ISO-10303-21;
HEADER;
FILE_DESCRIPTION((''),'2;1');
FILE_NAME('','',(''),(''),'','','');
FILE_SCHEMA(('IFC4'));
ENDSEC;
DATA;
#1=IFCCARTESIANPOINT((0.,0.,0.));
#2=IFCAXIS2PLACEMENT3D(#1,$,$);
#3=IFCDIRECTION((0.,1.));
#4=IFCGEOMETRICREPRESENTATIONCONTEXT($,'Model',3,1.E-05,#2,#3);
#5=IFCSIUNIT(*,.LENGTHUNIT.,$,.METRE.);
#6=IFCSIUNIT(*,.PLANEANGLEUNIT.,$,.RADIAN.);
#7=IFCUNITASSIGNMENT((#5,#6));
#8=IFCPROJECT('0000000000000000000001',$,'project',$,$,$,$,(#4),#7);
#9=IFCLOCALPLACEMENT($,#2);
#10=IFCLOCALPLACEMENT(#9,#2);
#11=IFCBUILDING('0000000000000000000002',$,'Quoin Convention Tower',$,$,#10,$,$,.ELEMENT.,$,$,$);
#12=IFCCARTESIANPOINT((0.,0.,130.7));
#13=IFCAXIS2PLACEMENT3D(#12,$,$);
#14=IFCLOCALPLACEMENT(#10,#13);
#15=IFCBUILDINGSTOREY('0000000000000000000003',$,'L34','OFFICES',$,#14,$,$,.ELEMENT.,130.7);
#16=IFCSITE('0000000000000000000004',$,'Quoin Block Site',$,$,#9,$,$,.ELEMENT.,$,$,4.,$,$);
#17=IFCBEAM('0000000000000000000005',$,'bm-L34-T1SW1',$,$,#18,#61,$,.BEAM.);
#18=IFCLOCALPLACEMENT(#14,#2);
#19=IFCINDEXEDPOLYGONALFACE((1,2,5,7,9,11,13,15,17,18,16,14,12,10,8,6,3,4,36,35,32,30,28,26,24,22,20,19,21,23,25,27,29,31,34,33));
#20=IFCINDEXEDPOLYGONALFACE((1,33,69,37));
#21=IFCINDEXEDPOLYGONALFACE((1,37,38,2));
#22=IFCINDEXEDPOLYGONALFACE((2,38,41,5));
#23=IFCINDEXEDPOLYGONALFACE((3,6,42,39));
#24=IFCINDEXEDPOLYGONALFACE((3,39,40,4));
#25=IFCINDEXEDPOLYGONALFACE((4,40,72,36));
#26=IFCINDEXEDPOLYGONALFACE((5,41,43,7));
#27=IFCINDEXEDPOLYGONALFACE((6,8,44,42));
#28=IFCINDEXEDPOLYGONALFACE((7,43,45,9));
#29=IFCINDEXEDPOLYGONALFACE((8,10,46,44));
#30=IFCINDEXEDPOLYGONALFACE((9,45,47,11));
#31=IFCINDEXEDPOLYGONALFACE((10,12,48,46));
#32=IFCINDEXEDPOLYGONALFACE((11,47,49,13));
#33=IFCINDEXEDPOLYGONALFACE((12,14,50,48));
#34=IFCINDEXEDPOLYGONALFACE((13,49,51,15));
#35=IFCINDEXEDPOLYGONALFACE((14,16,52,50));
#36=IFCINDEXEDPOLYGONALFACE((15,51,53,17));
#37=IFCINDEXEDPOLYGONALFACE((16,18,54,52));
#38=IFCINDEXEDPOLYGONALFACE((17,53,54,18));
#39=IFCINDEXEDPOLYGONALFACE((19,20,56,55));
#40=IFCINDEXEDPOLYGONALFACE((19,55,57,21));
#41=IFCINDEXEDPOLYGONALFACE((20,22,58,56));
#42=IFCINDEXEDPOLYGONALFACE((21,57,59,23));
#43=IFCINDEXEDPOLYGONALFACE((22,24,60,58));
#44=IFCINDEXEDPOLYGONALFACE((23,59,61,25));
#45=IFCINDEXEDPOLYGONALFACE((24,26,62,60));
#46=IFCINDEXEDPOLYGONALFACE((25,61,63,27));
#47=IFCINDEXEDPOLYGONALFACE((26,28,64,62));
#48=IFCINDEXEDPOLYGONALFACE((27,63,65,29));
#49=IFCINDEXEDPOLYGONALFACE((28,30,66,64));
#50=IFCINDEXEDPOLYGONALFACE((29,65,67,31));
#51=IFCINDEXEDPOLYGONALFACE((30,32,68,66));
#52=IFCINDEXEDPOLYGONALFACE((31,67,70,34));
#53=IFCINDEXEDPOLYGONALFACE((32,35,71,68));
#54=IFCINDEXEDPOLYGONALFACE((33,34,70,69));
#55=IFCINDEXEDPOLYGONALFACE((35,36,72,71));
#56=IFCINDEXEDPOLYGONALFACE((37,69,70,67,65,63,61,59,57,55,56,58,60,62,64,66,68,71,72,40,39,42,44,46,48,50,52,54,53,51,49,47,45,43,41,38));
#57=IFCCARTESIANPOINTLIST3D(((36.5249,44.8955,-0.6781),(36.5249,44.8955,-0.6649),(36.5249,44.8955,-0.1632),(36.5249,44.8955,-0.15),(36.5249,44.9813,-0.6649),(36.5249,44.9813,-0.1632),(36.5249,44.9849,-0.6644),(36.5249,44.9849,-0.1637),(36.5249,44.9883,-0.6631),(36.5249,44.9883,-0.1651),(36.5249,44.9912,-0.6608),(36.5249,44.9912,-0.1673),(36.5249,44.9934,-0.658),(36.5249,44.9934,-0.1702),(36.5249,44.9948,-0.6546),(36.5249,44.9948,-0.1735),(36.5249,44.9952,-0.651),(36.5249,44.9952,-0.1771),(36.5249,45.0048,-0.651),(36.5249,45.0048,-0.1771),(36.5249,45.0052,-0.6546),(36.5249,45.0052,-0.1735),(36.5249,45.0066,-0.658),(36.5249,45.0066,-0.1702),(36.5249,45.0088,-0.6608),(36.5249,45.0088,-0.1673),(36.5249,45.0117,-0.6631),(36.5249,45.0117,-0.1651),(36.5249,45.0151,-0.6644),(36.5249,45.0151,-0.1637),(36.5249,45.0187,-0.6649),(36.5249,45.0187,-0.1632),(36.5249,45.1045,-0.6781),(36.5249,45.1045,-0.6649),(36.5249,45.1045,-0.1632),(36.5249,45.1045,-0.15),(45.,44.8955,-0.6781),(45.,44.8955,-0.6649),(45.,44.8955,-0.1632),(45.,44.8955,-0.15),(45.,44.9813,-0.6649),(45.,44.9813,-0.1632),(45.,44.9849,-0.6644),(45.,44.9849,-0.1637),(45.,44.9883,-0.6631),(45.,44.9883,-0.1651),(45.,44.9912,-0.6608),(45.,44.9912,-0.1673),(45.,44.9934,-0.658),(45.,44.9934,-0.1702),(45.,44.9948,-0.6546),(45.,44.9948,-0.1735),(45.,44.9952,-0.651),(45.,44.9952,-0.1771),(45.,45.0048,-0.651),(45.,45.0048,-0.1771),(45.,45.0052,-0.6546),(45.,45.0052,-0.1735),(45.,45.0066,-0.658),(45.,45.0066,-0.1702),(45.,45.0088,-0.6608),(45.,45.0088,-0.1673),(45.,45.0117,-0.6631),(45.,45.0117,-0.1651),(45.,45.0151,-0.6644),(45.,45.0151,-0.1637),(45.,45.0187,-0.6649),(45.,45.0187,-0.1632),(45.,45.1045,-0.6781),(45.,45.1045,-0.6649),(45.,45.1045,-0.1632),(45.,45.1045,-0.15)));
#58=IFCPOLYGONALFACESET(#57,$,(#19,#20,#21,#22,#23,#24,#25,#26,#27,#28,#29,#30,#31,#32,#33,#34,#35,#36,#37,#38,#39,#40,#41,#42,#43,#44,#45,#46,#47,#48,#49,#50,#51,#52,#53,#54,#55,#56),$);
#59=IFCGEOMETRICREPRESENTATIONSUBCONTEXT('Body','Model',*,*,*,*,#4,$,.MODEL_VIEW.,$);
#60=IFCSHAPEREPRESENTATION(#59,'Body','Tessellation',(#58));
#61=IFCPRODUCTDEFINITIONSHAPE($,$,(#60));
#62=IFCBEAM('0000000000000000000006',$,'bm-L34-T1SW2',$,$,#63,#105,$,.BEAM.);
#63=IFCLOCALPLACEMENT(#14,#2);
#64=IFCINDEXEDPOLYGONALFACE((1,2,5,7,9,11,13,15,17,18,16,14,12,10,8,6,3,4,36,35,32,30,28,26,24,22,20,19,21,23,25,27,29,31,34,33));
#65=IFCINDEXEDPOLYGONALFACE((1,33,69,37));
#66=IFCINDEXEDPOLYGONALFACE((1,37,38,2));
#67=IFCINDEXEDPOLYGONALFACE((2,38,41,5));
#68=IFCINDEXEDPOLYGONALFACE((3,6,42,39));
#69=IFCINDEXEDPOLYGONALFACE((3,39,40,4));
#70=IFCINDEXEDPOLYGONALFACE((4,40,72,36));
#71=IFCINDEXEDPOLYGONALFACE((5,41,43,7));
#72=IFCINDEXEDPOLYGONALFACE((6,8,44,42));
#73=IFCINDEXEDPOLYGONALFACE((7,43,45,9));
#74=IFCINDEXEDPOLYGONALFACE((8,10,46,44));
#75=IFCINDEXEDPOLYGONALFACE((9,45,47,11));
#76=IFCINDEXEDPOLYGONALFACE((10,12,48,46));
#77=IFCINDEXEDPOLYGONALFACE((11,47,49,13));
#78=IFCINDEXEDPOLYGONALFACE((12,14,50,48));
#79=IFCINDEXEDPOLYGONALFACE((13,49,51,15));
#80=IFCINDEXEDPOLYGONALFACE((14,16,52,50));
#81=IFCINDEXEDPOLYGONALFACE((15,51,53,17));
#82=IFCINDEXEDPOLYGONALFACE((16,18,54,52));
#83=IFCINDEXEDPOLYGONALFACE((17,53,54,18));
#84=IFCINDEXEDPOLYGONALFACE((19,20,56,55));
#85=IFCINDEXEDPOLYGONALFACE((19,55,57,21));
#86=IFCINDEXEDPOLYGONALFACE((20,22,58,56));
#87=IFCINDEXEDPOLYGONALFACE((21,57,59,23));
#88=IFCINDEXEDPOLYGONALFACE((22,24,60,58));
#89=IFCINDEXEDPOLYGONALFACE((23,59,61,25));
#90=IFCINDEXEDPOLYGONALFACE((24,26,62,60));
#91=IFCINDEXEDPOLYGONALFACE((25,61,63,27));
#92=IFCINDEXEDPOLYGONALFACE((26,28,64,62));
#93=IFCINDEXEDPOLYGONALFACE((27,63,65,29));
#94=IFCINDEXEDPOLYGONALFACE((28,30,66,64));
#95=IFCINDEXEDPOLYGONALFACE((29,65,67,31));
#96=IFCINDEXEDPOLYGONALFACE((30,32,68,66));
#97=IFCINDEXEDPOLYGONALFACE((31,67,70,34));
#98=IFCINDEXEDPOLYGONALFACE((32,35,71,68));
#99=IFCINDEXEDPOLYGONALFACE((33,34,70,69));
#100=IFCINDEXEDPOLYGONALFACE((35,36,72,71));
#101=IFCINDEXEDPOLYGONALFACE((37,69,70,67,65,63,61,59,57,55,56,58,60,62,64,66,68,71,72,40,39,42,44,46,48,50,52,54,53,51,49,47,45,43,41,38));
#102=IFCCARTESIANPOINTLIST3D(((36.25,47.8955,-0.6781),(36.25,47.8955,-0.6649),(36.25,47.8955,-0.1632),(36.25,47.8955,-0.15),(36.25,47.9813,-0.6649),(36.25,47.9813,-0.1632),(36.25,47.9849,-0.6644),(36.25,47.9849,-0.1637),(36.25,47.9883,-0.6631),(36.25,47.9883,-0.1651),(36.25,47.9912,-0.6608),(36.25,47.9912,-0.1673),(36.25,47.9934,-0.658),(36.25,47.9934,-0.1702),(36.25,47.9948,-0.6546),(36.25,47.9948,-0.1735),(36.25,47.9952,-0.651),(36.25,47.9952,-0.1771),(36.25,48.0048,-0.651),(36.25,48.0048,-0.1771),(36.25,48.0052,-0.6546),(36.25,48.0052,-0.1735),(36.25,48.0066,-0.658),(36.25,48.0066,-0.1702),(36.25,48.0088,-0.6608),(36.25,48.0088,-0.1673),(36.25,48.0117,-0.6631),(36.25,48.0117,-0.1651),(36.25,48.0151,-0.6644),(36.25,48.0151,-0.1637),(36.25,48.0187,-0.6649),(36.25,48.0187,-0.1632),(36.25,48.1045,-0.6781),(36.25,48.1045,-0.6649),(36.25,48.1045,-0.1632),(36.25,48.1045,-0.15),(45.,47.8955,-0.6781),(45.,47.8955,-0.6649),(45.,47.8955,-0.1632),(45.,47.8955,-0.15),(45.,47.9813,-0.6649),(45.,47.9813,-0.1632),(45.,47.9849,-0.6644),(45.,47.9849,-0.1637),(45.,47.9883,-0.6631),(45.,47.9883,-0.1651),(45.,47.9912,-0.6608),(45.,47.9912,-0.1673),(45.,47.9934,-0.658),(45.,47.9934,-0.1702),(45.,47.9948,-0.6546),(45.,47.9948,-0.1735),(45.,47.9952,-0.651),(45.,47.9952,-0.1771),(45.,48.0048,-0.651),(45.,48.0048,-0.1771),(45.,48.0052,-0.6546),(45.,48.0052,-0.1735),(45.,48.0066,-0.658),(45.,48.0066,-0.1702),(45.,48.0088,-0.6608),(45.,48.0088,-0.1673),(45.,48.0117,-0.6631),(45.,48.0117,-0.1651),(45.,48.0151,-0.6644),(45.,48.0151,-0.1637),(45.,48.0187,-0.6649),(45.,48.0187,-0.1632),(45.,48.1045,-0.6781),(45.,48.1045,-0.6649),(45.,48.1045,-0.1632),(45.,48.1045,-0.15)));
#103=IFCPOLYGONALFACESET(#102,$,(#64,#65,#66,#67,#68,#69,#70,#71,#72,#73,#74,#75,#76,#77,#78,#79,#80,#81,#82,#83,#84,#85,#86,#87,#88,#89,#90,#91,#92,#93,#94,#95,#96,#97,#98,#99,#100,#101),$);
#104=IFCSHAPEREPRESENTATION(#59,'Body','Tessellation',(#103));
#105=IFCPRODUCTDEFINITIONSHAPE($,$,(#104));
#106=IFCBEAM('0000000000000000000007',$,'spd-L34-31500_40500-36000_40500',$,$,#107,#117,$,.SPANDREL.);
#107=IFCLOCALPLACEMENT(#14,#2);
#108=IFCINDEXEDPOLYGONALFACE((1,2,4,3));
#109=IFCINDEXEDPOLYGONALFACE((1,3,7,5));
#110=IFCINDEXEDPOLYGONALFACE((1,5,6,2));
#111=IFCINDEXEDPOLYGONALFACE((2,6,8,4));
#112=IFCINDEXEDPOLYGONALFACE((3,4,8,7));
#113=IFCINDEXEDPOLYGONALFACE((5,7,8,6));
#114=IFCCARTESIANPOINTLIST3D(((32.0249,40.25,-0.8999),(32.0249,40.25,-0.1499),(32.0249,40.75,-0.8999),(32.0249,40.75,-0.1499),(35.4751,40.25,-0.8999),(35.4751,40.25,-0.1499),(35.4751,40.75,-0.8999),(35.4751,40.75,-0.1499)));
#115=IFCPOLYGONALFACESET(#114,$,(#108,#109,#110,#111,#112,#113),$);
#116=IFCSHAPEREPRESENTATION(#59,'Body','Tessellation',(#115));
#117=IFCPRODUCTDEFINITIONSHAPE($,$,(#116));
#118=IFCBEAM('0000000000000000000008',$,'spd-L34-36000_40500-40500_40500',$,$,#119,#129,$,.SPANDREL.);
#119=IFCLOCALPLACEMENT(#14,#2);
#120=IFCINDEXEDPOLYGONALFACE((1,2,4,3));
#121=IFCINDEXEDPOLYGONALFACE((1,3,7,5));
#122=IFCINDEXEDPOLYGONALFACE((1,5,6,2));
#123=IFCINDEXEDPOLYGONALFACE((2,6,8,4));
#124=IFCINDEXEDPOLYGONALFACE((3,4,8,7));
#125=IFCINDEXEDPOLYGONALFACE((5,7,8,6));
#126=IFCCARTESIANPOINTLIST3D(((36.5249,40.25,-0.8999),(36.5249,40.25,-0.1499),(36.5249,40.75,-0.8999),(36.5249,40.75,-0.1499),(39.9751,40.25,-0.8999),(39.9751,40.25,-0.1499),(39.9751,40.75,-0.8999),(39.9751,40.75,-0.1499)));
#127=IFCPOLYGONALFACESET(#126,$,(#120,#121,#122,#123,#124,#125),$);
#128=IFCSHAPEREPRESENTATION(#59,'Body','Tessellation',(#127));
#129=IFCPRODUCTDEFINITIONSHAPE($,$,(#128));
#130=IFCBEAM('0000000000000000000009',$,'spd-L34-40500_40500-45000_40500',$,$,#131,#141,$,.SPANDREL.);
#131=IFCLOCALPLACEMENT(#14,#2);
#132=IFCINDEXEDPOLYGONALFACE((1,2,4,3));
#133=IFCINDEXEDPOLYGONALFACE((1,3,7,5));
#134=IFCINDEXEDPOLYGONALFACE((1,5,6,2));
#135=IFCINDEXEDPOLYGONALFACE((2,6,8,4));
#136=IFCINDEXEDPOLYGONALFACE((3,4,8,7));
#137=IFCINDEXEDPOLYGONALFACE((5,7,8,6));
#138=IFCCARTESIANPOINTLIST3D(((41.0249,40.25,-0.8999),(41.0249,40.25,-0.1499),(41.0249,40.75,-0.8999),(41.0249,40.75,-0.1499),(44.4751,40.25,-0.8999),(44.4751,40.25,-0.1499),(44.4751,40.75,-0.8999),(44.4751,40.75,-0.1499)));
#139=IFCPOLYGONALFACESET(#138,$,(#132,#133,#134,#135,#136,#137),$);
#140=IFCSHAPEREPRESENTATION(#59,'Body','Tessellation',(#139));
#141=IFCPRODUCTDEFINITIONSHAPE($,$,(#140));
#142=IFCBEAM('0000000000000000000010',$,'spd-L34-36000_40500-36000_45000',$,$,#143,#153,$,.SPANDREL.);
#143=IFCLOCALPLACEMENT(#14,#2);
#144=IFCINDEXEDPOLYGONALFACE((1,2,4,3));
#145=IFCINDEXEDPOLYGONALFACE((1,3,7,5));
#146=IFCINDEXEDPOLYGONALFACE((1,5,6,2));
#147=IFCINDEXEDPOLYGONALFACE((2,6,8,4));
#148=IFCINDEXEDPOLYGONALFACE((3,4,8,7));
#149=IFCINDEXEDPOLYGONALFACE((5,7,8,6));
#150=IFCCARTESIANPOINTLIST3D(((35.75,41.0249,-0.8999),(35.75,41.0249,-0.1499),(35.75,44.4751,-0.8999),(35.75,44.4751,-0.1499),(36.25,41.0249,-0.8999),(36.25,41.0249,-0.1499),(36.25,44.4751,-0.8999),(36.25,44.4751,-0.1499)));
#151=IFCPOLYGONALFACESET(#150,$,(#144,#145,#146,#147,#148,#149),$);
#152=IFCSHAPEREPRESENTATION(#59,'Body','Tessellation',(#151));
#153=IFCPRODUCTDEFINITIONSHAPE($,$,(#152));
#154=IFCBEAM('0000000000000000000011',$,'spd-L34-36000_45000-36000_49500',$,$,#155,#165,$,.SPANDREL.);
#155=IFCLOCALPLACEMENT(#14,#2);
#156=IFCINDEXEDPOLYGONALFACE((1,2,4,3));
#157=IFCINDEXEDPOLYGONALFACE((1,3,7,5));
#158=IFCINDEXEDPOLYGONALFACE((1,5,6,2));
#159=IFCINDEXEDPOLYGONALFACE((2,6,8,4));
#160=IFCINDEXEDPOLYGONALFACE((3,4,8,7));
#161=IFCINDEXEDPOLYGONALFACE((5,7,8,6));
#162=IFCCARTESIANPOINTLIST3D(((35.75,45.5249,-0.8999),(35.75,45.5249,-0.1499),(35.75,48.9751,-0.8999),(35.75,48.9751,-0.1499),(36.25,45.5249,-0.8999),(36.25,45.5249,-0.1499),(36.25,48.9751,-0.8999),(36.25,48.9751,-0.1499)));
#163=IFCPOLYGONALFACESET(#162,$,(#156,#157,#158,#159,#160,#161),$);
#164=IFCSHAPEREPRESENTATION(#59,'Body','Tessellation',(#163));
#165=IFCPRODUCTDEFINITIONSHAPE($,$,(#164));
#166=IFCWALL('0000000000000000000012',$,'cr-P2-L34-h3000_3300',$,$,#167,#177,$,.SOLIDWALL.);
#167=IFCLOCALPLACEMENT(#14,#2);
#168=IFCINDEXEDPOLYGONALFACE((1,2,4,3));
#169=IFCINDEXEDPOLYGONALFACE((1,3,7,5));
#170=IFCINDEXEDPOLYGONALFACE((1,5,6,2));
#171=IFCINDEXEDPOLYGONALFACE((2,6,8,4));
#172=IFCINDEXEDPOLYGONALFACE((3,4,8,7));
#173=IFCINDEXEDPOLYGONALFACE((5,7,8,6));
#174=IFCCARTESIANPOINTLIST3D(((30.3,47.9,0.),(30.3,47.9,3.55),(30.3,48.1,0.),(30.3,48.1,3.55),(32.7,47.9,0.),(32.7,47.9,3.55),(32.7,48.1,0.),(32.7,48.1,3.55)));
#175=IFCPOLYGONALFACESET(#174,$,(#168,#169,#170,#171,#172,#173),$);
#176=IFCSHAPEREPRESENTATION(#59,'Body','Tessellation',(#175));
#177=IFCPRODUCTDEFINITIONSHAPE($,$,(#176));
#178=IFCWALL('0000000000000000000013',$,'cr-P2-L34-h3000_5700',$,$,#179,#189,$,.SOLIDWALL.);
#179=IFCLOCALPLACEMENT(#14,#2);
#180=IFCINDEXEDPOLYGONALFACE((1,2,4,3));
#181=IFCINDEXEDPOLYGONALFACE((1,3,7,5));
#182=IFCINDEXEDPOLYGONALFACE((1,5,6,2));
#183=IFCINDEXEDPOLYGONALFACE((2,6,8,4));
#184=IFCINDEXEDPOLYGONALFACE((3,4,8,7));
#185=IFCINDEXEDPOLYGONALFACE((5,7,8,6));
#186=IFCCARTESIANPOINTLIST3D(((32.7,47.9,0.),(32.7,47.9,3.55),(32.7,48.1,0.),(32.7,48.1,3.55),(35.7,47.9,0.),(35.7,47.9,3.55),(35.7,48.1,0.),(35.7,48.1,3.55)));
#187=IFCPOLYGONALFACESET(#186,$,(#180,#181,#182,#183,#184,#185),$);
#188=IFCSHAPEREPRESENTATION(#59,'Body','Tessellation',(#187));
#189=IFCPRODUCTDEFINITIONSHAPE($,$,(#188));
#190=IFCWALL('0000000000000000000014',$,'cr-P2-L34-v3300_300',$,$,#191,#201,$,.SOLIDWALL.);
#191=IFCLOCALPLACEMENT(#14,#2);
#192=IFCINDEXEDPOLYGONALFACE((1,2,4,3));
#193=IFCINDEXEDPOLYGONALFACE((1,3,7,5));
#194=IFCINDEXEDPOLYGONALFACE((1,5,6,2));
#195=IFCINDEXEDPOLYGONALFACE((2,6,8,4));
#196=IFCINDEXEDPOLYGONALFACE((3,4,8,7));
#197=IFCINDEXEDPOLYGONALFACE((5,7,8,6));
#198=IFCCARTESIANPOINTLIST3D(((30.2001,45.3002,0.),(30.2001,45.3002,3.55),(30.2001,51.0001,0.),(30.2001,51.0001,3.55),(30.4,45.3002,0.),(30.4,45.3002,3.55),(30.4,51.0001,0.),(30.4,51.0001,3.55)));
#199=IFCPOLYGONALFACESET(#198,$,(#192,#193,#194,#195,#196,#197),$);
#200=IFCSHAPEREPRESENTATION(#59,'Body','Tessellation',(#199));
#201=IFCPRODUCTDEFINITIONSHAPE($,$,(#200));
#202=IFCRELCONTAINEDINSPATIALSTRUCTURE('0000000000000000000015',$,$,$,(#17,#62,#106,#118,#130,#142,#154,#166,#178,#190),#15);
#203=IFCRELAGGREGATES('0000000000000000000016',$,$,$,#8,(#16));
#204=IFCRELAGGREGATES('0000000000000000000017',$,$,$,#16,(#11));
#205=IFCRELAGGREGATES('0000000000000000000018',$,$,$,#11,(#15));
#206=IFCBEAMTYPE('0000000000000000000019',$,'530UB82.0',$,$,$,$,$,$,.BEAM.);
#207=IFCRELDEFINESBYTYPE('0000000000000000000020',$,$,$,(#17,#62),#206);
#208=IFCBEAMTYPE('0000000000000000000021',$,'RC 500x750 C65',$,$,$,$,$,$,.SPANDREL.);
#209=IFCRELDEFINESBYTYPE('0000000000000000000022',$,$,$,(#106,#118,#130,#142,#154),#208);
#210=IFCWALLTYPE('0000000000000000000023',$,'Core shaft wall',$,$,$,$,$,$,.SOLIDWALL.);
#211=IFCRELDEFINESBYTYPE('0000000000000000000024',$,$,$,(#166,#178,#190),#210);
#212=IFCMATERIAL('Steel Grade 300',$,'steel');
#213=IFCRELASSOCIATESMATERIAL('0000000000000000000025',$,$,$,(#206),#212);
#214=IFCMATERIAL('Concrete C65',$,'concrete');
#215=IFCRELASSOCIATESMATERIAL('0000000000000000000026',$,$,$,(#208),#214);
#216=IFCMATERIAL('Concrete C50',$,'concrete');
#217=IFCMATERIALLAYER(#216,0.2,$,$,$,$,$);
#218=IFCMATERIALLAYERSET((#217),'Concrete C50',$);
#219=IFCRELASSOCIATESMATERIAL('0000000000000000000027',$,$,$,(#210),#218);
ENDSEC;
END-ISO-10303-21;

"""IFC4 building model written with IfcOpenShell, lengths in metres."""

from ifc_helpers import new_model, si_unit, direction, frame, frame_2d, origin, origin_2d, place, context, subcontext, project, spatial, rectangle, i_section, extrude, material, layer, layer_set, material_profile, profile_set, type_object, element, save


model = new_model("IFC4")

# Units and contexts
model_context = context("Model", 3, precision=1e-05, world=origin(), true_north=direction((0.0, 1.0)))
body_context = subcontext(model_context, "Body", "Model", "MODEL_VIEW")
ifc_project = project(units=[si_unit("LENGTHUNIT", "METRE"), si_unit("PLANEANGLEUNIT", "RADIAN")], contexts=[model_context])

# Site, building, storey
site_placement = place(None, origin())
site = spatial("IfcSite", under=ifc_project, at=site_placement, Name="Quoin Block Site", CompositionType="ELEMENT", RefElevation=4.0)
building_placement = place(site_placement, origin())
building = spatial("IfcBuilding", under=site, at=building_placement, Name="Quoin Convention Tower", CompositionType="ELEMENT")
storey_placement = place(building_placement, frame((0.0, 0.0, 130.7)))
storey = spatial("IfcBuildingStorey", under=building, at=storey_placement, Name="L34", Description="OFFICES", CompositionType="ELEMENT", Elevation=130.7)

# Shared definitions
ifc_material_1 = material(Name="Concrete C65", Category="concrete")

# Beams
ifc_material_2 = material(Name="Steel Grade 300", Category="steel")
ifc_material_profile_1 = material_profile(ifc_material_2, i_section(OverallWidth=0.209, OverallDepth=0.5281, WebThickness=0.0095, FlangeThickness=0.0132, FilletRadius=0.0139, at=origin_2d()), Name="530UB82.0")
ifc_profile_set_1 = profile_set([ifc_material_profile_1], Name="Steel Grade 300")
beam_type_1 = type_object("IfcBeamType", Name="530UB82.0", PredefinedType="BEAM", material=ifc_profile_set_1)
beam_1_placement = place(storey_placement, frame((36.5249, 45.0, -0.4141), z_axis=(1.0, 0.0, 0.0), x_axis=(0.0, 1.0, 0.0)))
element("IfcBeam", 1, at=beam_1_placement, inside=storey, type_object=beam_type_1, Name="bm-L34-T1SW1", PredefinedType="BEAM", context=body_context, shape_type="SweptSolid", body=[
    extrude(i_section(OverallWidth=0.209, OverallDepth=0.5281, WebThickness=0.0095, FlangeThickness=0.0132, FilletRadius=0.0139, at=origin_2d()), origin(), (0.0, 0.0, 1.0), 8.4751),
])
beam_2_placement = place(storey_placement, frame((36.25, 48.0, -0.4141), z_axis=(1.0, 0.0, 0.0), x_axis=(0.0, 1.0, 0.0)))
element("IfcBeam", 2, at=beam_2_placement, inside=storey, type_object=beam_type_1, Name="bm-L34-T1SW2", PredefinedType="BEAM", context=body_context, shape_type="SweptSolid", body=[
    extrude(i_section(OverallWidth=0.209, OverallDepth=0.5281, WebThickness=0.0095, FlangeThickness=0.0132, FilletRadius=0.0139, at=origin_2d()), origin(), (0.0, 0.0, 1.0), 8.75),
])
ifc_material_profile_2 = material_profile(ifc_material_1, rectangle(XDim=0.5, YDim=0.75, at=origin_2d()), Name="RC 500x750")
ifc_profile_set_2 = profile_set([ifc_material_profile_2], Name="Concrete C65")
beam_type_2 = type_object("IfcBeamType", Name="RC 500x750 C65", PredefinedType="SPANDREL", material=ifc_profile_set_2)
for number, where, z_axis, x_axis, name in (
    (3, (32.0249, 40.5, -0.5249), (1.0, 0.0, 0.0), (0.0, 1.0, 0.0), "spd-L34-31500_40500-36000_40500"),
    (4, (36.5249, 40.5, -0.5249), (1.0, 0.0, 0.0), (0.0, 1.0, 0.0), "spd-L34-36000_40500-40500_40500"),
    (5, (41.0249, 40.5, -0.5249), (1.0, 0.0, 0.0), (0.0, 1.0, 0.0), "spd-L34-40500_40500-45000_40500"),
    (6, (36.0, 41.0249, -0.5249), (0.0, 1.0, 0.0), (-1.0, 0.0, 0.0), "spd-L34-36000_40500-36000_45000"),
    (7, (36.0, 45.5249, -0.5249), (0.0, 1.0, 0.0), (-1.0, 0.0, 0.0), "spd-L34-36000_45000-36000_49500"),
):
    element("IfcBeam", number, at=place(storey_placement, frame(where, z_axis=z_axis, x_axis=x_axis)), inside=storey, type_object=beam_type_2, Name=name, PredefinedType="SPANDREL", context=body_context, shape_type="SweptSolid", body=[
        extrude(rectangle(XDim=0.5, YDim=0.75, at=origin_2d()), origin(), (0.0, 0.0, 1.0), 3.4502),
    ])

# Walls
ifc_material_3 = material(Name="Concrete C50", Category="concrete")
ifc_layer_1 = layer(ifc_material_3, 0.2)
ifc_layer_set_1 = layer_set([ifc_layer_1], Name="Concrete C50")
wall_type_1 = type_object("IfcWallType", Name="Core shaft wall", PredefinedType="SOLIDWALL", material=ifc_layer_set_1)
wall_1_placement = place(storey_placement, frame((30.3, 48.0, 0.0), z_axis=(0.0, 0.0, 1.0), x_axis=(1.0, 0.0, 0.0)))
element("IfcWall", 8, at=wall_1_placement, inside=storey, type_object=wall_type_1, Name="cr-P2-L34-h3000_3300", PredefinedType="SOLIDWALL", context=body_context, shape_type="SweptSolid", body=[
    extrude(rectangle(XDim=2.3999, YDim=0.2, at=frame_2d((1.2, 0.0))), origin(), (0.0, 0.0, 1.0), 3.55),
])
wall_2_placement = place(storey_placement, frame((32.7, 48.0, 0.0), z_axis=(0.0, 0.0, 1.0), x_axis=(1.0, 0.0, 0.0)))
element("IfcWall", 9, at=wall_2_placement, inside=storey, type_object=wall_type_1, Name="cr-P2-L34-h3000_5700", PredefinedType="SOLIDWALL", context=body_context, shape_type="SweptSolid", body=[
    extrude(rectangle(XDim=3.0, YDim=0.2, at=frame_2d((1.5, 0.0))), origin(), (0.0, 0.0, 1.0), 3.55),
])
for number, where, z_axis, x_axis, name in (
    (10, (30.3, 45.3, 0.0), (0.0, 0.0, 1.0), (0.0, 1.0, 0.0), "cr-P2-L34-v3300_300"),
):
    element("IfcWall", number, at=place(storey_placement, frame(where, z_axis=z_axis, x_axis=x_axis)), inside=storey, type_object=wall_type_1, Name=name, PredefinedType="SOLIDWALL", context=body_context, shape_type="SweptSolid", body=[
        extrude(rectangle(XDim=5.7, YDim=0.2, at=frame_2d((2.8501, 0.0))), origin(), (0.0, 0.0, 1.0), 3.55),
    ])

save(model, "model.ifc")
